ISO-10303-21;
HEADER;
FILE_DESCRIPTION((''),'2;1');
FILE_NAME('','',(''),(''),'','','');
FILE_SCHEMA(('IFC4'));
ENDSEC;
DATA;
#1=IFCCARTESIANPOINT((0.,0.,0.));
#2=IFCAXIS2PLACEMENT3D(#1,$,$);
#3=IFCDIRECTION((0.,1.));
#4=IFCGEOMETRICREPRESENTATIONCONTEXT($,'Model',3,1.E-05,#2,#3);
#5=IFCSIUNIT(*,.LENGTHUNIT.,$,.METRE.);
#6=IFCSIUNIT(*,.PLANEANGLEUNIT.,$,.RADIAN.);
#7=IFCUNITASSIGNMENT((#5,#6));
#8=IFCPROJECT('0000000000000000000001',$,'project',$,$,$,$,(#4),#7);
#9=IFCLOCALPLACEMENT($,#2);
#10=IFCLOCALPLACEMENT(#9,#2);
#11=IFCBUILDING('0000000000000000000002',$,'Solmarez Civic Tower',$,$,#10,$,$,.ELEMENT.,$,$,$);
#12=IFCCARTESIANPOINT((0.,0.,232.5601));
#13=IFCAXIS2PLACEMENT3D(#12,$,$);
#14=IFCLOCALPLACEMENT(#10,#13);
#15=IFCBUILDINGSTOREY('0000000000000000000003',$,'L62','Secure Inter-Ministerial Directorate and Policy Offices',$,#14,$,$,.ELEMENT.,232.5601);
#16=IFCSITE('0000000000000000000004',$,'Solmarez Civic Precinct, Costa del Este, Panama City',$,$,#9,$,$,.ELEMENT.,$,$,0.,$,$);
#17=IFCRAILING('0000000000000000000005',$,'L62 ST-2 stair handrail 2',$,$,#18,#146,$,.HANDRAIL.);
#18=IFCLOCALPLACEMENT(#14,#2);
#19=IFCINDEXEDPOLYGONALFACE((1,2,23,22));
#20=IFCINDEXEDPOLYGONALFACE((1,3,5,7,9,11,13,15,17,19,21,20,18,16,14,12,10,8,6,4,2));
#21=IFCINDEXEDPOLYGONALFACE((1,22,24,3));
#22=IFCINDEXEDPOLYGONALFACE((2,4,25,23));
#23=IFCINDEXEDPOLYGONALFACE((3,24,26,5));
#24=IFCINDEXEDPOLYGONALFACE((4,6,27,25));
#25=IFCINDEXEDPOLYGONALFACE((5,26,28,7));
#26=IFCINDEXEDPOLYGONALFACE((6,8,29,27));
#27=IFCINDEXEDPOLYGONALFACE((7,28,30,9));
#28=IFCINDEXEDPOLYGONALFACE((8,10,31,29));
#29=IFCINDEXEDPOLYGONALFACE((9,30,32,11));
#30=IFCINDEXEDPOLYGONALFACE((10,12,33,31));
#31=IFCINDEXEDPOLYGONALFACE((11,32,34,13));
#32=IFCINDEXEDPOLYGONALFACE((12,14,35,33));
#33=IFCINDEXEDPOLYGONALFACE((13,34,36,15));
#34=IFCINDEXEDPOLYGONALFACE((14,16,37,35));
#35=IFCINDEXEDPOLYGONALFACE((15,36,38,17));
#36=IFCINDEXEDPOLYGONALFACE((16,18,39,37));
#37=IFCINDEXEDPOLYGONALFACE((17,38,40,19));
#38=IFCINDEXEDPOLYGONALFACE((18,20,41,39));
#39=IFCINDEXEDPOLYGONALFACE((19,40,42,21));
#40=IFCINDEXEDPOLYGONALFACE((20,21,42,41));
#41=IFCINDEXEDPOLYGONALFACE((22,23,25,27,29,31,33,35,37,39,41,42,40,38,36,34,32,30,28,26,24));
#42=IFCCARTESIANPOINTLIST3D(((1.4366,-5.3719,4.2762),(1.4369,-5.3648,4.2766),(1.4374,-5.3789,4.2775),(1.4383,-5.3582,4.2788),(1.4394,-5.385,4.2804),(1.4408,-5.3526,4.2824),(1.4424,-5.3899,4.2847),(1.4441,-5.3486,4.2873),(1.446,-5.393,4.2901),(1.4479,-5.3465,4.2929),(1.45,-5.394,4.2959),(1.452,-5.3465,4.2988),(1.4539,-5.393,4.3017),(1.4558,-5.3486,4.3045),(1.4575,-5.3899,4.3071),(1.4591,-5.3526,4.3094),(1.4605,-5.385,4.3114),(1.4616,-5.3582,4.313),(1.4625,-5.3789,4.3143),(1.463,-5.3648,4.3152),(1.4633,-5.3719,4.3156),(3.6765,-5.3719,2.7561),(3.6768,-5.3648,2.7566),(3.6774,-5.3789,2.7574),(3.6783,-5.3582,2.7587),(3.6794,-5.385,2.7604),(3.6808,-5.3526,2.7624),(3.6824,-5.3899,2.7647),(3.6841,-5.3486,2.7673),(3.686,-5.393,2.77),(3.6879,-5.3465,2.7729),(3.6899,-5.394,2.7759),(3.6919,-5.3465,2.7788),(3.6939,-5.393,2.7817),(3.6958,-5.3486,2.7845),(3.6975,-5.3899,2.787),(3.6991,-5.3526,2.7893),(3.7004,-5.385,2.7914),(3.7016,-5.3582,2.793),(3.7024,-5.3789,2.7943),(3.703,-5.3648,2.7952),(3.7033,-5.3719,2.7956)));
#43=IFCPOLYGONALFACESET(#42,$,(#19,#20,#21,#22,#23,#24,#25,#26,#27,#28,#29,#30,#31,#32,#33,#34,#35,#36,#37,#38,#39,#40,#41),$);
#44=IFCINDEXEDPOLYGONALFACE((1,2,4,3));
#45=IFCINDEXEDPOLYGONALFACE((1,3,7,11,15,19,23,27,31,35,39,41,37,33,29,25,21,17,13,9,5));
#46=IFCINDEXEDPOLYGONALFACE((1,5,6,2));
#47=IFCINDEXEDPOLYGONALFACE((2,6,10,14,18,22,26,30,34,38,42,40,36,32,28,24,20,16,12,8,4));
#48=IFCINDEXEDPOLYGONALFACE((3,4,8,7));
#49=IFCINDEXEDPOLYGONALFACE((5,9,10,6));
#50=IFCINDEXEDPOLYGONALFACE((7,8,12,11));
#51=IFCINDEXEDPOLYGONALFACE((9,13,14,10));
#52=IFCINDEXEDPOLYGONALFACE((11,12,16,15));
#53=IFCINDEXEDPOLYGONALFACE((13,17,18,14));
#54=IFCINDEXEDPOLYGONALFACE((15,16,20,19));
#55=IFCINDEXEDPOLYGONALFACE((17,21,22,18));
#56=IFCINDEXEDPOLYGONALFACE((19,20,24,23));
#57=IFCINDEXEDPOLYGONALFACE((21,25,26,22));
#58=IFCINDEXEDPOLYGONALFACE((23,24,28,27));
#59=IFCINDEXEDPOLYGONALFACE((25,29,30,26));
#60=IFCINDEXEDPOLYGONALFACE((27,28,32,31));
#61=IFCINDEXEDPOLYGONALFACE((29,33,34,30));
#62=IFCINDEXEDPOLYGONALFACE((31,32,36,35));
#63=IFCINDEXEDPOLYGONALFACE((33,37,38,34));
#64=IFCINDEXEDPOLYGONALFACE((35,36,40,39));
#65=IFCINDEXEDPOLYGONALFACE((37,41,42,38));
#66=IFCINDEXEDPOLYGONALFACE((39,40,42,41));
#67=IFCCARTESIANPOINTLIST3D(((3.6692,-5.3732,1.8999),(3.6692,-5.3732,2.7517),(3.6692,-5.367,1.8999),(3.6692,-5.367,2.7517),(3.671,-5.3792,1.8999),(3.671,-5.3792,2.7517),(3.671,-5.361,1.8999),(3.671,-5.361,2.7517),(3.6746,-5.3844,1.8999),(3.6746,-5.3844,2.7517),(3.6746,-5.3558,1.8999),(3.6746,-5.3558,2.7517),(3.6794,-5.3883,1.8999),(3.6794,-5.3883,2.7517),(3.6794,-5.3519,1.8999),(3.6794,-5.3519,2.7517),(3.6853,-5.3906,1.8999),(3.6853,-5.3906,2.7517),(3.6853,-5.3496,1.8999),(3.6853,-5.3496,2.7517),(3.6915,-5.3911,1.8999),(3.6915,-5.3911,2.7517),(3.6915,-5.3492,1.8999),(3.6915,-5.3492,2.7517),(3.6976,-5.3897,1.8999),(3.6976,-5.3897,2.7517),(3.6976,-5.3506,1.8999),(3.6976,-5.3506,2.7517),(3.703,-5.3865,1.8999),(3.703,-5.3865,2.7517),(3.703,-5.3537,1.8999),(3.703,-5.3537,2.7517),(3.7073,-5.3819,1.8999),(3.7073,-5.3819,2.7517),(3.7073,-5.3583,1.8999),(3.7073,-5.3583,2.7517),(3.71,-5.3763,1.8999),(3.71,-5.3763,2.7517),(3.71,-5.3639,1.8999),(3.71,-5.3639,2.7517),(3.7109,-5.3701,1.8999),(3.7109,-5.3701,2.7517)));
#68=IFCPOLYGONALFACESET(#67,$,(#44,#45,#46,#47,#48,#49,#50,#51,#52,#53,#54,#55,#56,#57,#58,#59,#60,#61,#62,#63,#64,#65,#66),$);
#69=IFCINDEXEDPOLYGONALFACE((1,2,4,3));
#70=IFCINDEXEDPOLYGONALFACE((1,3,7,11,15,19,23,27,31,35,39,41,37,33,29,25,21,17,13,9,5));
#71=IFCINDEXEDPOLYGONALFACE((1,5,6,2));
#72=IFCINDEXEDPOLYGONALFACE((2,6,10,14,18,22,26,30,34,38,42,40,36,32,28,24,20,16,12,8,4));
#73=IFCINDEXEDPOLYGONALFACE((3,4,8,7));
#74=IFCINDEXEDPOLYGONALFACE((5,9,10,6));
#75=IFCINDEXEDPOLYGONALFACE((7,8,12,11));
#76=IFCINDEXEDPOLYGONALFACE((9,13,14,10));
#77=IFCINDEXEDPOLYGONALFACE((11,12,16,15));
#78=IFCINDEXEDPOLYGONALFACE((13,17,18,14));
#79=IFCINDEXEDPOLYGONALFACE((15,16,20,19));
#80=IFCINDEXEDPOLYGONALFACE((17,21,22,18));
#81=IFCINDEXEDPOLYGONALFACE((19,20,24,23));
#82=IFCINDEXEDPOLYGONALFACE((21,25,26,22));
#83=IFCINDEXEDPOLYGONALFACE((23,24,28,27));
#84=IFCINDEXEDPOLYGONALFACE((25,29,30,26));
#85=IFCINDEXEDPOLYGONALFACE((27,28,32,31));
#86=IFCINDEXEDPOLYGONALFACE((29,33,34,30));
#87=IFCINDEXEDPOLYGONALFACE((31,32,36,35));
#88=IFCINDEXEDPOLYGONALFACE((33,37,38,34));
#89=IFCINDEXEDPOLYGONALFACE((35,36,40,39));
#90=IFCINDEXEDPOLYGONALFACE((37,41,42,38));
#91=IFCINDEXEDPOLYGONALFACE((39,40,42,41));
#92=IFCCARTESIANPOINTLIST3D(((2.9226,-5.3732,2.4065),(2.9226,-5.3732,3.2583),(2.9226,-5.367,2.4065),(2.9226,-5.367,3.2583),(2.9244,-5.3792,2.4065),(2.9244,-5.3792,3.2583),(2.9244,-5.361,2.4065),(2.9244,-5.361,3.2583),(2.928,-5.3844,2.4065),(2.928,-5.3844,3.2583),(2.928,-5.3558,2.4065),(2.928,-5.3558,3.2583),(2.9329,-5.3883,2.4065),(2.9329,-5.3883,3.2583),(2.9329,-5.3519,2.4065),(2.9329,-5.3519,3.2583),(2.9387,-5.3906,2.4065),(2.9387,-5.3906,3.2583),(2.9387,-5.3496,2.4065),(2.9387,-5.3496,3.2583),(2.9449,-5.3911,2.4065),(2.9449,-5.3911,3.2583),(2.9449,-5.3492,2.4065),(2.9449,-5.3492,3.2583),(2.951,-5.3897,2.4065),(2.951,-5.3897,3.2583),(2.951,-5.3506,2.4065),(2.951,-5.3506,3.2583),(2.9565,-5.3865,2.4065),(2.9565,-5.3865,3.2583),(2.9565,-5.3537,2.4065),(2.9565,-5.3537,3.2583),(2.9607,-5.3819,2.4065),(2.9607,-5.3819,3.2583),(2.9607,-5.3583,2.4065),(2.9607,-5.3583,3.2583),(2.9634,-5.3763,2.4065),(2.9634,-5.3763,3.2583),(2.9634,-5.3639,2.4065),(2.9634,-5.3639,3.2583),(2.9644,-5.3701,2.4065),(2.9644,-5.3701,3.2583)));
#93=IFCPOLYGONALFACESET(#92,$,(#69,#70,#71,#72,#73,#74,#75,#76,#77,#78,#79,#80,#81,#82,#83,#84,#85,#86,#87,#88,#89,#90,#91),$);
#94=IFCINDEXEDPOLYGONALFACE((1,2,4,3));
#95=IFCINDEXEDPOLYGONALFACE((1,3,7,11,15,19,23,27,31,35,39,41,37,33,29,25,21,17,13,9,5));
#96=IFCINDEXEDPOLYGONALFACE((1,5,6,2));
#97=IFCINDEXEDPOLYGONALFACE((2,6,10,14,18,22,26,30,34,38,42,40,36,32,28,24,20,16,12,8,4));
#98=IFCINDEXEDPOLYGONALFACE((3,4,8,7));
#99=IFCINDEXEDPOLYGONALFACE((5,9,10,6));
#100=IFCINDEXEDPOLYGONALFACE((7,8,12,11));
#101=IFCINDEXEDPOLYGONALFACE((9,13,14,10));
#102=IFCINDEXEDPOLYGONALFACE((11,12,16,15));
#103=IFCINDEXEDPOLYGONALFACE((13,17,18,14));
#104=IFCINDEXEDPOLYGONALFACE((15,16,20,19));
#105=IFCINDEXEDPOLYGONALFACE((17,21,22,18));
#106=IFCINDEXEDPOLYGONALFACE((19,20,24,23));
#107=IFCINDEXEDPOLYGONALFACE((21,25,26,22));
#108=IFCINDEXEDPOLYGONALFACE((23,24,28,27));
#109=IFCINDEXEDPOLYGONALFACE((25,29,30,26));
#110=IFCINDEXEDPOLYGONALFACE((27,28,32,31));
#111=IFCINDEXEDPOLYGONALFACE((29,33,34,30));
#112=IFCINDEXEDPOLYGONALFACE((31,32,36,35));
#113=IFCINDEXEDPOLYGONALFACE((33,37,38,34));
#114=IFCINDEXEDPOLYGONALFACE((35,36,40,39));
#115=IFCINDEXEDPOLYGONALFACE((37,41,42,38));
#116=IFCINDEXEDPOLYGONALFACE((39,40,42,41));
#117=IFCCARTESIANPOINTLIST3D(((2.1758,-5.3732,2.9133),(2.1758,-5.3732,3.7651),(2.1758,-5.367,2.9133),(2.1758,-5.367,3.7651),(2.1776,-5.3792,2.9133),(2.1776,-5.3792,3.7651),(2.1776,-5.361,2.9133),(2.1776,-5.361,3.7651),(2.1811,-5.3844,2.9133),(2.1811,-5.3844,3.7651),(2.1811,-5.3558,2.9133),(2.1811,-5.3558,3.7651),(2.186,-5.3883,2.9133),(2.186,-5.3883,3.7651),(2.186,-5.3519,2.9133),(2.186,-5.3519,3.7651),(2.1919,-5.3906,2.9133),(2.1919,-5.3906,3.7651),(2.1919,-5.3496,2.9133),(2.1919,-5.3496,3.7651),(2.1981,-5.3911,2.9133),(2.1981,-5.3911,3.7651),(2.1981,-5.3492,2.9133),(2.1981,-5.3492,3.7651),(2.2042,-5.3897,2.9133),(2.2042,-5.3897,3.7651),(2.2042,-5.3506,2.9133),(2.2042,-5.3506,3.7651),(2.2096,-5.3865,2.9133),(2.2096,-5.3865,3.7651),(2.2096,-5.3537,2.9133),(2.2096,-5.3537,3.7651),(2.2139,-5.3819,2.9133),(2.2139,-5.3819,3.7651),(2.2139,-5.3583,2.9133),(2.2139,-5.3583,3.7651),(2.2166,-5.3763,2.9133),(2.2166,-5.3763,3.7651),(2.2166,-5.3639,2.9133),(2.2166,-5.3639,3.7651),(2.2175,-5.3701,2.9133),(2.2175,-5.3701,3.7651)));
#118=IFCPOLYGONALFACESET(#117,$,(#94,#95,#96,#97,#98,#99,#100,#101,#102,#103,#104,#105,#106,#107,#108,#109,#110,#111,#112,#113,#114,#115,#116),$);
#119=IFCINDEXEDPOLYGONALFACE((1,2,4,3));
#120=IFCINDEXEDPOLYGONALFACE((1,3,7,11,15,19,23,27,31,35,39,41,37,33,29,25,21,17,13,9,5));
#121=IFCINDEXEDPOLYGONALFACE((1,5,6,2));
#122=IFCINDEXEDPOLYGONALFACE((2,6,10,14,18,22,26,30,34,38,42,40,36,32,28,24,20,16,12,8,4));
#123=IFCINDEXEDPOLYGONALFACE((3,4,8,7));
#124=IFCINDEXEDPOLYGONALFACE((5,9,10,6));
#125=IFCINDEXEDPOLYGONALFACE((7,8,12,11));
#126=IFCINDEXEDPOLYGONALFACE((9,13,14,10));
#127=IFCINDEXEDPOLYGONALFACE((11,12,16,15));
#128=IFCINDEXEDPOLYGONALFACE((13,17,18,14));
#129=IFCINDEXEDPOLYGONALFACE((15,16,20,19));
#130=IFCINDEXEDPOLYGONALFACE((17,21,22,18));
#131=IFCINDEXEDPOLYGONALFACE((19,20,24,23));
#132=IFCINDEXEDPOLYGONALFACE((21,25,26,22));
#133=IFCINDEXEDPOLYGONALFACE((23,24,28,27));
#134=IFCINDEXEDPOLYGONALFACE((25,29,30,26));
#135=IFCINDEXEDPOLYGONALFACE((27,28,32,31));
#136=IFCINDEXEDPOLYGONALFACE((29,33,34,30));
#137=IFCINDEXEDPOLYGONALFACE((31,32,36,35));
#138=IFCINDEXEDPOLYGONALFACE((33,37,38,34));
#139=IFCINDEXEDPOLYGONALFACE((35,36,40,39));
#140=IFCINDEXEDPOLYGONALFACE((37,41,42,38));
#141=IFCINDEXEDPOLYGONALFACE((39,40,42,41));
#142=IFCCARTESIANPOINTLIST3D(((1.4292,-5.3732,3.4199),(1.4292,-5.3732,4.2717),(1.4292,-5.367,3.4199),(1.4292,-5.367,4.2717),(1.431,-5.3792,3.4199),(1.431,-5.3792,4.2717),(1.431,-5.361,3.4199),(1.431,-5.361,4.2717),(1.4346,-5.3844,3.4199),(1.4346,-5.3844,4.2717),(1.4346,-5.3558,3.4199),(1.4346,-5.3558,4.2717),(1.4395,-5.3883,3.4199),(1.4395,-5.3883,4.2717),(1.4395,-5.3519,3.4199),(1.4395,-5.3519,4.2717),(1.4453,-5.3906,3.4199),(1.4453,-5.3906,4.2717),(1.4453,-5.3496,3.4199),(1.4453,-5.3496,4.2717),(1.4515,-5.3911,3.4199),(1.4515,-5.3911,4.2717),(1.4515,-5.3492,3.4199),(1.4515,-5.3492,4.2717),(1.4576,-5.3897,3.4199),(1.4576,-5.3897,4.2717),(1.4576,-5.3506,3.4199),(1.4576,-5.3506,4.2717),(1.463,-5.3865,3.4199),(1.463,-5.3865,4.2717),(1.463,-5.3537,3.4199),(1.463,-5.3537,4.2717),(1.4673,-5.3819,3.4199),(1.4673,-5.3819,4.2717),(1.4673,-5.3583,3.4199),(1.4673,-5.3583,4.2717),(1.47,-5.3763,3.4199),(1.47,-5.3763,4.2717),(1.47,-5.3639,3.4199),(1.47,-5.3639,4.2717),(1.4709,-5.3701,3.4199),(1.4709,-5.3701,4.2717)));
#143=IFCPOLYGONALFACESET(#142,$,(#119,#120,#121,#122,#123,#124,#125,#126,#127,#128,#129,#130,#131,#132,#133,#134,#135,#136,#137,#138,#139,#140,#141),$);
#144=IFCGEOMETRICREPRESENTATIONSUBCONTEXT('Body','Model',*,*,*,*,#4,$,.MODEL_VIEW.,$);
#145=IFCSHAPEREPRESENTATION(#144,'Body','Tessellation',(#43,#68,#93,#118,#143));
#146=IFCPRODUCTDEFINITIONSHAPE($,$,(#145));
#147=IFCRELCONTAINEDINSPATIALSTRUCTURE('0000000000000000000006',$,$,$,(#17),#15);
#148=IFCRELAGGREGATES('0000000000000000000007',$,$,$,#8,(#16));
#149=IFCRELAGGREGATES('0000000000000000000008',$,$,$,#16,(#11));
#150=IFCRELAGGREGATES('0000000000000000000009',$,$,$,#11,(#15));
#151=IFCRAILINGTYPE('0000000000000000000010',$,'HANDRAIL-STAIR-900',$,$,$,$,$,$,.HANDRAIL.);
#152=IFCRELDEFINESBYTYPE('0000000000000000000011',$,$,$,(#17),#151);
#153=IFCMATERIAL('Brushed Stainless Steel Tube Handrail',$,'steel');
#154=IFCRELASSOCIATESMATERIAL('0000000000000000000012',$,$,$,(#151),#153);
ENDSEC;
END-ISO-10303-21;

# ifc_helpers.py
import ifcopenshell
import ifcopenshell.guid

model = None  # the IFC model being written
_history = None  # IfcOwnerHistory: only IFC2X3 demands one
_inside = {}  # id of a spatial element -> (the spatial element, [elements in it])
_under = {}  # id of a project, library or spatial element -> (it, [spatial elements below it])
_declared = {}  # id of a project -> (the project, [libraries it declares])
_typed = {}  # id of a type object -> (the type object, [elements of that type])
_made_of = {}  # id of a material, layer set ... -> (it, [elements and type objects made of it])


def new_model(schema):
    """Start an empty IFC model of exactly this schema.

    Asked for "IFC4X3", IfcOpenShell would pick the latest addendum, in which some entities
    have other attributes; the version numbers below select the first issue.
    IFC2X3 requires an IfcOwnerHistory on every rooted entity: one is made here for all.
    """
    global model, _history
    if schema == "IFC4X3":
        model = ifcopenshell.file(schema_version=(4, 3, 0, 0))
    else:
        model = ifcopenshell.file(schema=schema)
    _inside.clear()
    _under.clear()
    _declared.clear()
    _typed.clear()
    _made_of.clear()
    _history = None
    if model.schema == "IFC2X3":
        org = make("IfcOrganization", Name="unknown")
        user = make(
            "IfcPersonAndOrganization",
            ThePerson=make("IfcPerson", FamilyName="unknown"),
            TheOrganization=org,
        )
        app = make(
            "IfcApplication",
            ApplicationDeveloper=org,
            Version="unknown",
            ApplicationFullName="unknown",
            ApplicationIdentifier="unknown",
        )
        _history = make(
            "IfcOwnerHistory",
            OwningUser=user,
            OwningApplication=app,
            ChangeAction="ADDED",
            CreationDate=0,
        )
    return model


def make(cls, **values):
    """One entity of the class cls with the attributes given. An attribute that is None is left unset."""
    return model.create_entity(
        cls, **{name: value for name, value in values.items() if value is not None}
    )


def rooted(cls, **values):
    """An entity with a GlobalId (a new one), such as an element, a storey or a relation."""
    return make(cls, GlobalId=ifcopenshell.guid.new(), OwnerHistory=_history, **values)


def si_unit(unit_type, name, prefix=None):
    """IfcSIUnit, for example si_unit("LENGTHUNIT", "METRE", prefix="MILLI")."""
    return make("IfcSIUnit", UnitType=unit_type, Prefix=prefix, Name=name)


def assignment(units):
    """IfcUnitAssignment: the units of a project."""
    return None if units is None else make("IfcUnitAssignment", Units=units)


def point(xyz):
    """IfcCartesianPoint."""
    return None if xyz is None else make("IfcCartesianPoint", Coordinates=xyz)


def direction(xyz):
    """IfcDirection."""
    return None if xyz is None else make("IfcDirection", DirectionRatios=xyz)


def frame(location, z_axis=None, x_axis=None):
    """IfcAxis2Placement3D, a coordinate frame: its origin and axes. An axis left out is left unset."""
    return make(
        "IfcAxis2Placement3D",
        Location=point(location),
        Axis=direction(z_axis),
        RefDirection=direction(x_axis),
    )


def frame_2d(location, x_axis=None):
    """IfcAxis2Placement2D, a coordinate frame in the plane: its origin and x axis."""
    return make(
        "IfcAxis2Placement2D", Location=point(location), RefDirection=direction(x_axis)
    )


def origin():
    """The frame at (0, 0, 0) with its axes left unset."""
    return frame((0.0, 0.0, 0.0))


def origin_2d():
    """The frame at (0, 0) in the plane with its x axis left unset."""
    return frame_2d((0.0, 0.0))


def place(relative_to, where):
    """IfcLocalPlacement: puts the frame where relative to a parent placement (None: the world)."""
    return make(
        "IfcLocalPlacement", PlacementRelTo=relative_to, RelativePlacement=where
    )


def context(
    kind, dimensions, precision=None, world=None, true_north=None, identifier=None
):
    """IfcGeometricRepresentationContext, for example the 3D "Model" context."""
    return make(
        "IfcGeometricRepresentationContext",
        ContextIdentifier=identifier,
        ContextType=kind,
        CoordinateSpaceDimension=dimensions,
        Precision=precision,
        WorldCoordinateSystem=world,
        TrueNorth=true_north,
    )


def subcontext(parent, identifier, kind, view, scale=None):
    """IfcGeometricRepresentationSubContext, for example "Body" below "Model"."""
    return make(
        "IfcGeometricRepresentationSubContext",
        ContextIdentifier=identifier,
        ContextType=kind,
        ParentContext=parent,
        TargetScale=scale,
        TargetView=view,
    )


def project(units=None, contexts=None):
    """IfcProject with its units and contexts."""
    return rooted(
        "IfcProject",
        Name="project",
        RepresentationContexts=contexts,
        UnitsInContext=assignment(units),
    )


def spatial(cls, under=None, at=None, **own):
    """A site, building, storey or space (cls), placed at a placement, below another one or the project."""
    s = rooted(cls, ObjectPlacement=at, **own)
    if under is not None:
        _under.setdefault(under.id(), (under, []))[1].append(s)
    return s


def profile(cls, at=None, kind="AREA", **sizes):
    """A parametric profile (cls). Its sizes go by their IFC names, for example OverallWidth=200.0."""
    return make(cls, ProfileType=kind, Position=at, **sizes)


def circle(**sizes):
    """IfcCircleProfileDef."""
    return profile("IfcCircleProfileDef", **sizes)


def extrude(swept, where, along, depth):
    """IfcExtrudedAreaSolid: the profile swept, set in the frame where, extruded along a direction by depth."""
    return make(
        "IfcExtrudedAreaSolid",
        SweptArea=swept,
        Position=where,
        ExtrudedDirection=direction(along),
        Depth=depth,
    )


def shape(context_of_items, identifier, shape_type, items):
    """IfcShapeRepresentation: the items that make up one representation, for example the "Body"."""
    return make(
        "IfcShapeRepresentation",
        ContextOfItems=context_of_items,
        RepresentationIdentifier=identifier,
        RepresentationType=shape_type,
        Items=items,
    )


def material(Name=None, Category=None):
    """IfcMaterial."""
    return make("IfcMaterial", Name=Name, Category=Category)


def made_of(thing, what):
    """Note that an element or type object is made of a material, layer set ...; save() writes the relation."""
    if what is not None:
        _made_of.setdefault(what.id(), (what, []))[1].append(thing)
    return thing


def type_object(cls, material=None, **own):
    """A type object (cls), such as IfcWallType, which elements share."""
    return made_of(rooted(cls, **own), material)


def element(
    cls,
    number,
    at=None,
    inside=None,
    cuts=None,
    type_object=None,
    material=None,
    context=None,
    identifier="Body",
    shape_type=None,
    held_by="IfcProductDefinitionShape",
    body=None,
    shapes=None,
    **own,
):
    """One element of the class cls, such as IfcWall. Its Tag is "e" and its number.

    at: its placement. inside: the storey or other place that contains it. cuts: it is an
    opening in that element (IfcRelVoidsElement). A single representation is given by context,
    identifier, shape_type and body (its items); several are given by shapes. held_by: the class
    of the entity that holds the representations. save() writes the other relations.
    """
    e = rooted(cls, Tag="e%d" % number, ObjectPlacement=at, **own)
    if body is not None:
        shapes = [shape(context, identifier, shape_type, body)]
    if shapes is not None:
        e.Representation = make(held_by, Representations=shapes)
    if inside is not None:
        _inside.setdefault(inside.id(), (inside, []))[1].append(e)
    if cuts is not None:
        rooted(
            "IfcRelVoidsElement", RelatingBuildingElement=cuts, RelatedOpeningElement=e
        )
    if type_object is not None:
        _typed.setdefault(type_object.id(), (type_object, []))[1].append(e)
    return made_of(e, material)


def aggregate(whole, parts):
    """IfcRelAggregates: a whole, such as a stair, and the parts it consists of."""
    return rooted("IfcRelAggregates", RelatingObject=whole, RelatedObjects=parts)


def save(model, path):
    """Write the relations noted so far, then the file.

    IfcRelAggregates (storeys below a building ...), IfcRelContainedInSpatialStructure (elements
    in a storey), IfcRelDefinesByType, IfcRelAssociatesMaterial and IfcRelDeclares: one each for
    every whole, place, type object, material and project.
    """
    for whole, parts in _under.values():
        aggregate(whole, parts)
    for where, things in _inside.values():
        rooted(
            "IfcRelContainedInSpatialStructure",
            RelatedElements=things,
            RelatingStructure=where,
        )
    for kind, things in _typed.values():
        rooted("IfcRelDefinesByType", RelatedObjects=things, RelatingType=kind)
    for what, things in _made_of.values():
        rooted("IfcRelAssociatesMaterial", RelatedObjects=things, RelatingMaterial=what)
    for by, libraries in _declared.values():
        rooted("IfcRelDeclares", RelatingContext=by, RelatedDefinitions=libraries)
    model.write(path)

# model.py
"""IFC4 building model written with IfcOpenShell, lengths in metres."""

from ifc_helpers import new_model, si_unit, direction, frame, origin, origin_2d, place, context, subcontext, project, spatial, circle, extrude, material, type_object, element, save


model = new_model("IFC4")

# Units and contexts
model_context = context("Model", 3, precision=1e-05, world=origin(), true_north=direction((0.0, 1.0)))
body_context = subcontext(model_context, "Body", "Model", "MODEL_VIEW")
ifc_project = project(units=[si_unit("LENGTHUNIT", "METRE"), si_unit("PLANEANGLEUNIT", "RADIAN")], contexts=[model_context])

# Site, building, storey
site_placement = place(None, origin())
site = spatial("IfcSite", under=ifc_project, at=site_placement, Name="Solmarez Civic Precinct, Costa del Este, Panama City", CompositionType="ELEMENT", RefElevation=0.0)
building_placement = place(site_placement, origin())
building = spatial("IfcBuilding", under=site, at=building_placement, Name="Solmarez Civic Tower", CompositionType="ELEMENT")
storey_placement = place(building_placement, frame((0.0, 0.0, 232.5601)))
storey = spatial("IfcBuildingStorey", under=building, at=storey_placement, Name="L62", Description="Secure Inter-Ministerial Directorate and Policy Offices", CompositionType="ELEMENT", Elevation=232.5601)

# Railing
ifc_material_1 = material(Name="Brushed Stainless Steel Tube Handrail", Category="steel")
railing_type_1 = type_object("IfcRailingType", Name="HANDRAIL-STAIR-900", PredefinedType="HANDRAIL", material=ifc_material_1)
railing_1_placement = place(storey_placement, frame((3.6899, -5.3701, 1.8999)))
element("IfcRailing", 1, at=railing_1_placement, inside=storey, type_object=railing_type_1, Name="L62 ST-2 stair handrail 2", PredefinedType="HANDRAIL", context=body_context, shape_type="SweptSolid", body=[
    extrude(circle(Radius=0.0239, at=origin_2d()), frame((0.0, 0.0, 0.876), z_axis=(-0.827471, 0.0, 0.561508), x_axis=(0.0, -1.0, 0.0)), (0.0, 0.0, 1.0), 2.707),
    extrude(circle(Radius=0.021, at=origin_2d()), origin(), (0.0, 0.0, 1.0), 0.8518),
    extrude(circle(Radius=0.021, at=origin_2d()), frame((-0.7466, 0.0, 0.5066)), (0.0, 0.0, 1.0), 0.8518),
    extrude(circle(Radius=0.021, at=origin_2d()), frame((-1.4934, 0.0, 1.0134)), (0.0, 0.0, 1.0), 0.8518),
    extrude(circle(Radius=0.021, at=origin_2d()), frame((-2.24, 0.0, 1.52)), (0.0, 0.0, 1.0), 0.8518),
])

save(model, "model.ifc")
